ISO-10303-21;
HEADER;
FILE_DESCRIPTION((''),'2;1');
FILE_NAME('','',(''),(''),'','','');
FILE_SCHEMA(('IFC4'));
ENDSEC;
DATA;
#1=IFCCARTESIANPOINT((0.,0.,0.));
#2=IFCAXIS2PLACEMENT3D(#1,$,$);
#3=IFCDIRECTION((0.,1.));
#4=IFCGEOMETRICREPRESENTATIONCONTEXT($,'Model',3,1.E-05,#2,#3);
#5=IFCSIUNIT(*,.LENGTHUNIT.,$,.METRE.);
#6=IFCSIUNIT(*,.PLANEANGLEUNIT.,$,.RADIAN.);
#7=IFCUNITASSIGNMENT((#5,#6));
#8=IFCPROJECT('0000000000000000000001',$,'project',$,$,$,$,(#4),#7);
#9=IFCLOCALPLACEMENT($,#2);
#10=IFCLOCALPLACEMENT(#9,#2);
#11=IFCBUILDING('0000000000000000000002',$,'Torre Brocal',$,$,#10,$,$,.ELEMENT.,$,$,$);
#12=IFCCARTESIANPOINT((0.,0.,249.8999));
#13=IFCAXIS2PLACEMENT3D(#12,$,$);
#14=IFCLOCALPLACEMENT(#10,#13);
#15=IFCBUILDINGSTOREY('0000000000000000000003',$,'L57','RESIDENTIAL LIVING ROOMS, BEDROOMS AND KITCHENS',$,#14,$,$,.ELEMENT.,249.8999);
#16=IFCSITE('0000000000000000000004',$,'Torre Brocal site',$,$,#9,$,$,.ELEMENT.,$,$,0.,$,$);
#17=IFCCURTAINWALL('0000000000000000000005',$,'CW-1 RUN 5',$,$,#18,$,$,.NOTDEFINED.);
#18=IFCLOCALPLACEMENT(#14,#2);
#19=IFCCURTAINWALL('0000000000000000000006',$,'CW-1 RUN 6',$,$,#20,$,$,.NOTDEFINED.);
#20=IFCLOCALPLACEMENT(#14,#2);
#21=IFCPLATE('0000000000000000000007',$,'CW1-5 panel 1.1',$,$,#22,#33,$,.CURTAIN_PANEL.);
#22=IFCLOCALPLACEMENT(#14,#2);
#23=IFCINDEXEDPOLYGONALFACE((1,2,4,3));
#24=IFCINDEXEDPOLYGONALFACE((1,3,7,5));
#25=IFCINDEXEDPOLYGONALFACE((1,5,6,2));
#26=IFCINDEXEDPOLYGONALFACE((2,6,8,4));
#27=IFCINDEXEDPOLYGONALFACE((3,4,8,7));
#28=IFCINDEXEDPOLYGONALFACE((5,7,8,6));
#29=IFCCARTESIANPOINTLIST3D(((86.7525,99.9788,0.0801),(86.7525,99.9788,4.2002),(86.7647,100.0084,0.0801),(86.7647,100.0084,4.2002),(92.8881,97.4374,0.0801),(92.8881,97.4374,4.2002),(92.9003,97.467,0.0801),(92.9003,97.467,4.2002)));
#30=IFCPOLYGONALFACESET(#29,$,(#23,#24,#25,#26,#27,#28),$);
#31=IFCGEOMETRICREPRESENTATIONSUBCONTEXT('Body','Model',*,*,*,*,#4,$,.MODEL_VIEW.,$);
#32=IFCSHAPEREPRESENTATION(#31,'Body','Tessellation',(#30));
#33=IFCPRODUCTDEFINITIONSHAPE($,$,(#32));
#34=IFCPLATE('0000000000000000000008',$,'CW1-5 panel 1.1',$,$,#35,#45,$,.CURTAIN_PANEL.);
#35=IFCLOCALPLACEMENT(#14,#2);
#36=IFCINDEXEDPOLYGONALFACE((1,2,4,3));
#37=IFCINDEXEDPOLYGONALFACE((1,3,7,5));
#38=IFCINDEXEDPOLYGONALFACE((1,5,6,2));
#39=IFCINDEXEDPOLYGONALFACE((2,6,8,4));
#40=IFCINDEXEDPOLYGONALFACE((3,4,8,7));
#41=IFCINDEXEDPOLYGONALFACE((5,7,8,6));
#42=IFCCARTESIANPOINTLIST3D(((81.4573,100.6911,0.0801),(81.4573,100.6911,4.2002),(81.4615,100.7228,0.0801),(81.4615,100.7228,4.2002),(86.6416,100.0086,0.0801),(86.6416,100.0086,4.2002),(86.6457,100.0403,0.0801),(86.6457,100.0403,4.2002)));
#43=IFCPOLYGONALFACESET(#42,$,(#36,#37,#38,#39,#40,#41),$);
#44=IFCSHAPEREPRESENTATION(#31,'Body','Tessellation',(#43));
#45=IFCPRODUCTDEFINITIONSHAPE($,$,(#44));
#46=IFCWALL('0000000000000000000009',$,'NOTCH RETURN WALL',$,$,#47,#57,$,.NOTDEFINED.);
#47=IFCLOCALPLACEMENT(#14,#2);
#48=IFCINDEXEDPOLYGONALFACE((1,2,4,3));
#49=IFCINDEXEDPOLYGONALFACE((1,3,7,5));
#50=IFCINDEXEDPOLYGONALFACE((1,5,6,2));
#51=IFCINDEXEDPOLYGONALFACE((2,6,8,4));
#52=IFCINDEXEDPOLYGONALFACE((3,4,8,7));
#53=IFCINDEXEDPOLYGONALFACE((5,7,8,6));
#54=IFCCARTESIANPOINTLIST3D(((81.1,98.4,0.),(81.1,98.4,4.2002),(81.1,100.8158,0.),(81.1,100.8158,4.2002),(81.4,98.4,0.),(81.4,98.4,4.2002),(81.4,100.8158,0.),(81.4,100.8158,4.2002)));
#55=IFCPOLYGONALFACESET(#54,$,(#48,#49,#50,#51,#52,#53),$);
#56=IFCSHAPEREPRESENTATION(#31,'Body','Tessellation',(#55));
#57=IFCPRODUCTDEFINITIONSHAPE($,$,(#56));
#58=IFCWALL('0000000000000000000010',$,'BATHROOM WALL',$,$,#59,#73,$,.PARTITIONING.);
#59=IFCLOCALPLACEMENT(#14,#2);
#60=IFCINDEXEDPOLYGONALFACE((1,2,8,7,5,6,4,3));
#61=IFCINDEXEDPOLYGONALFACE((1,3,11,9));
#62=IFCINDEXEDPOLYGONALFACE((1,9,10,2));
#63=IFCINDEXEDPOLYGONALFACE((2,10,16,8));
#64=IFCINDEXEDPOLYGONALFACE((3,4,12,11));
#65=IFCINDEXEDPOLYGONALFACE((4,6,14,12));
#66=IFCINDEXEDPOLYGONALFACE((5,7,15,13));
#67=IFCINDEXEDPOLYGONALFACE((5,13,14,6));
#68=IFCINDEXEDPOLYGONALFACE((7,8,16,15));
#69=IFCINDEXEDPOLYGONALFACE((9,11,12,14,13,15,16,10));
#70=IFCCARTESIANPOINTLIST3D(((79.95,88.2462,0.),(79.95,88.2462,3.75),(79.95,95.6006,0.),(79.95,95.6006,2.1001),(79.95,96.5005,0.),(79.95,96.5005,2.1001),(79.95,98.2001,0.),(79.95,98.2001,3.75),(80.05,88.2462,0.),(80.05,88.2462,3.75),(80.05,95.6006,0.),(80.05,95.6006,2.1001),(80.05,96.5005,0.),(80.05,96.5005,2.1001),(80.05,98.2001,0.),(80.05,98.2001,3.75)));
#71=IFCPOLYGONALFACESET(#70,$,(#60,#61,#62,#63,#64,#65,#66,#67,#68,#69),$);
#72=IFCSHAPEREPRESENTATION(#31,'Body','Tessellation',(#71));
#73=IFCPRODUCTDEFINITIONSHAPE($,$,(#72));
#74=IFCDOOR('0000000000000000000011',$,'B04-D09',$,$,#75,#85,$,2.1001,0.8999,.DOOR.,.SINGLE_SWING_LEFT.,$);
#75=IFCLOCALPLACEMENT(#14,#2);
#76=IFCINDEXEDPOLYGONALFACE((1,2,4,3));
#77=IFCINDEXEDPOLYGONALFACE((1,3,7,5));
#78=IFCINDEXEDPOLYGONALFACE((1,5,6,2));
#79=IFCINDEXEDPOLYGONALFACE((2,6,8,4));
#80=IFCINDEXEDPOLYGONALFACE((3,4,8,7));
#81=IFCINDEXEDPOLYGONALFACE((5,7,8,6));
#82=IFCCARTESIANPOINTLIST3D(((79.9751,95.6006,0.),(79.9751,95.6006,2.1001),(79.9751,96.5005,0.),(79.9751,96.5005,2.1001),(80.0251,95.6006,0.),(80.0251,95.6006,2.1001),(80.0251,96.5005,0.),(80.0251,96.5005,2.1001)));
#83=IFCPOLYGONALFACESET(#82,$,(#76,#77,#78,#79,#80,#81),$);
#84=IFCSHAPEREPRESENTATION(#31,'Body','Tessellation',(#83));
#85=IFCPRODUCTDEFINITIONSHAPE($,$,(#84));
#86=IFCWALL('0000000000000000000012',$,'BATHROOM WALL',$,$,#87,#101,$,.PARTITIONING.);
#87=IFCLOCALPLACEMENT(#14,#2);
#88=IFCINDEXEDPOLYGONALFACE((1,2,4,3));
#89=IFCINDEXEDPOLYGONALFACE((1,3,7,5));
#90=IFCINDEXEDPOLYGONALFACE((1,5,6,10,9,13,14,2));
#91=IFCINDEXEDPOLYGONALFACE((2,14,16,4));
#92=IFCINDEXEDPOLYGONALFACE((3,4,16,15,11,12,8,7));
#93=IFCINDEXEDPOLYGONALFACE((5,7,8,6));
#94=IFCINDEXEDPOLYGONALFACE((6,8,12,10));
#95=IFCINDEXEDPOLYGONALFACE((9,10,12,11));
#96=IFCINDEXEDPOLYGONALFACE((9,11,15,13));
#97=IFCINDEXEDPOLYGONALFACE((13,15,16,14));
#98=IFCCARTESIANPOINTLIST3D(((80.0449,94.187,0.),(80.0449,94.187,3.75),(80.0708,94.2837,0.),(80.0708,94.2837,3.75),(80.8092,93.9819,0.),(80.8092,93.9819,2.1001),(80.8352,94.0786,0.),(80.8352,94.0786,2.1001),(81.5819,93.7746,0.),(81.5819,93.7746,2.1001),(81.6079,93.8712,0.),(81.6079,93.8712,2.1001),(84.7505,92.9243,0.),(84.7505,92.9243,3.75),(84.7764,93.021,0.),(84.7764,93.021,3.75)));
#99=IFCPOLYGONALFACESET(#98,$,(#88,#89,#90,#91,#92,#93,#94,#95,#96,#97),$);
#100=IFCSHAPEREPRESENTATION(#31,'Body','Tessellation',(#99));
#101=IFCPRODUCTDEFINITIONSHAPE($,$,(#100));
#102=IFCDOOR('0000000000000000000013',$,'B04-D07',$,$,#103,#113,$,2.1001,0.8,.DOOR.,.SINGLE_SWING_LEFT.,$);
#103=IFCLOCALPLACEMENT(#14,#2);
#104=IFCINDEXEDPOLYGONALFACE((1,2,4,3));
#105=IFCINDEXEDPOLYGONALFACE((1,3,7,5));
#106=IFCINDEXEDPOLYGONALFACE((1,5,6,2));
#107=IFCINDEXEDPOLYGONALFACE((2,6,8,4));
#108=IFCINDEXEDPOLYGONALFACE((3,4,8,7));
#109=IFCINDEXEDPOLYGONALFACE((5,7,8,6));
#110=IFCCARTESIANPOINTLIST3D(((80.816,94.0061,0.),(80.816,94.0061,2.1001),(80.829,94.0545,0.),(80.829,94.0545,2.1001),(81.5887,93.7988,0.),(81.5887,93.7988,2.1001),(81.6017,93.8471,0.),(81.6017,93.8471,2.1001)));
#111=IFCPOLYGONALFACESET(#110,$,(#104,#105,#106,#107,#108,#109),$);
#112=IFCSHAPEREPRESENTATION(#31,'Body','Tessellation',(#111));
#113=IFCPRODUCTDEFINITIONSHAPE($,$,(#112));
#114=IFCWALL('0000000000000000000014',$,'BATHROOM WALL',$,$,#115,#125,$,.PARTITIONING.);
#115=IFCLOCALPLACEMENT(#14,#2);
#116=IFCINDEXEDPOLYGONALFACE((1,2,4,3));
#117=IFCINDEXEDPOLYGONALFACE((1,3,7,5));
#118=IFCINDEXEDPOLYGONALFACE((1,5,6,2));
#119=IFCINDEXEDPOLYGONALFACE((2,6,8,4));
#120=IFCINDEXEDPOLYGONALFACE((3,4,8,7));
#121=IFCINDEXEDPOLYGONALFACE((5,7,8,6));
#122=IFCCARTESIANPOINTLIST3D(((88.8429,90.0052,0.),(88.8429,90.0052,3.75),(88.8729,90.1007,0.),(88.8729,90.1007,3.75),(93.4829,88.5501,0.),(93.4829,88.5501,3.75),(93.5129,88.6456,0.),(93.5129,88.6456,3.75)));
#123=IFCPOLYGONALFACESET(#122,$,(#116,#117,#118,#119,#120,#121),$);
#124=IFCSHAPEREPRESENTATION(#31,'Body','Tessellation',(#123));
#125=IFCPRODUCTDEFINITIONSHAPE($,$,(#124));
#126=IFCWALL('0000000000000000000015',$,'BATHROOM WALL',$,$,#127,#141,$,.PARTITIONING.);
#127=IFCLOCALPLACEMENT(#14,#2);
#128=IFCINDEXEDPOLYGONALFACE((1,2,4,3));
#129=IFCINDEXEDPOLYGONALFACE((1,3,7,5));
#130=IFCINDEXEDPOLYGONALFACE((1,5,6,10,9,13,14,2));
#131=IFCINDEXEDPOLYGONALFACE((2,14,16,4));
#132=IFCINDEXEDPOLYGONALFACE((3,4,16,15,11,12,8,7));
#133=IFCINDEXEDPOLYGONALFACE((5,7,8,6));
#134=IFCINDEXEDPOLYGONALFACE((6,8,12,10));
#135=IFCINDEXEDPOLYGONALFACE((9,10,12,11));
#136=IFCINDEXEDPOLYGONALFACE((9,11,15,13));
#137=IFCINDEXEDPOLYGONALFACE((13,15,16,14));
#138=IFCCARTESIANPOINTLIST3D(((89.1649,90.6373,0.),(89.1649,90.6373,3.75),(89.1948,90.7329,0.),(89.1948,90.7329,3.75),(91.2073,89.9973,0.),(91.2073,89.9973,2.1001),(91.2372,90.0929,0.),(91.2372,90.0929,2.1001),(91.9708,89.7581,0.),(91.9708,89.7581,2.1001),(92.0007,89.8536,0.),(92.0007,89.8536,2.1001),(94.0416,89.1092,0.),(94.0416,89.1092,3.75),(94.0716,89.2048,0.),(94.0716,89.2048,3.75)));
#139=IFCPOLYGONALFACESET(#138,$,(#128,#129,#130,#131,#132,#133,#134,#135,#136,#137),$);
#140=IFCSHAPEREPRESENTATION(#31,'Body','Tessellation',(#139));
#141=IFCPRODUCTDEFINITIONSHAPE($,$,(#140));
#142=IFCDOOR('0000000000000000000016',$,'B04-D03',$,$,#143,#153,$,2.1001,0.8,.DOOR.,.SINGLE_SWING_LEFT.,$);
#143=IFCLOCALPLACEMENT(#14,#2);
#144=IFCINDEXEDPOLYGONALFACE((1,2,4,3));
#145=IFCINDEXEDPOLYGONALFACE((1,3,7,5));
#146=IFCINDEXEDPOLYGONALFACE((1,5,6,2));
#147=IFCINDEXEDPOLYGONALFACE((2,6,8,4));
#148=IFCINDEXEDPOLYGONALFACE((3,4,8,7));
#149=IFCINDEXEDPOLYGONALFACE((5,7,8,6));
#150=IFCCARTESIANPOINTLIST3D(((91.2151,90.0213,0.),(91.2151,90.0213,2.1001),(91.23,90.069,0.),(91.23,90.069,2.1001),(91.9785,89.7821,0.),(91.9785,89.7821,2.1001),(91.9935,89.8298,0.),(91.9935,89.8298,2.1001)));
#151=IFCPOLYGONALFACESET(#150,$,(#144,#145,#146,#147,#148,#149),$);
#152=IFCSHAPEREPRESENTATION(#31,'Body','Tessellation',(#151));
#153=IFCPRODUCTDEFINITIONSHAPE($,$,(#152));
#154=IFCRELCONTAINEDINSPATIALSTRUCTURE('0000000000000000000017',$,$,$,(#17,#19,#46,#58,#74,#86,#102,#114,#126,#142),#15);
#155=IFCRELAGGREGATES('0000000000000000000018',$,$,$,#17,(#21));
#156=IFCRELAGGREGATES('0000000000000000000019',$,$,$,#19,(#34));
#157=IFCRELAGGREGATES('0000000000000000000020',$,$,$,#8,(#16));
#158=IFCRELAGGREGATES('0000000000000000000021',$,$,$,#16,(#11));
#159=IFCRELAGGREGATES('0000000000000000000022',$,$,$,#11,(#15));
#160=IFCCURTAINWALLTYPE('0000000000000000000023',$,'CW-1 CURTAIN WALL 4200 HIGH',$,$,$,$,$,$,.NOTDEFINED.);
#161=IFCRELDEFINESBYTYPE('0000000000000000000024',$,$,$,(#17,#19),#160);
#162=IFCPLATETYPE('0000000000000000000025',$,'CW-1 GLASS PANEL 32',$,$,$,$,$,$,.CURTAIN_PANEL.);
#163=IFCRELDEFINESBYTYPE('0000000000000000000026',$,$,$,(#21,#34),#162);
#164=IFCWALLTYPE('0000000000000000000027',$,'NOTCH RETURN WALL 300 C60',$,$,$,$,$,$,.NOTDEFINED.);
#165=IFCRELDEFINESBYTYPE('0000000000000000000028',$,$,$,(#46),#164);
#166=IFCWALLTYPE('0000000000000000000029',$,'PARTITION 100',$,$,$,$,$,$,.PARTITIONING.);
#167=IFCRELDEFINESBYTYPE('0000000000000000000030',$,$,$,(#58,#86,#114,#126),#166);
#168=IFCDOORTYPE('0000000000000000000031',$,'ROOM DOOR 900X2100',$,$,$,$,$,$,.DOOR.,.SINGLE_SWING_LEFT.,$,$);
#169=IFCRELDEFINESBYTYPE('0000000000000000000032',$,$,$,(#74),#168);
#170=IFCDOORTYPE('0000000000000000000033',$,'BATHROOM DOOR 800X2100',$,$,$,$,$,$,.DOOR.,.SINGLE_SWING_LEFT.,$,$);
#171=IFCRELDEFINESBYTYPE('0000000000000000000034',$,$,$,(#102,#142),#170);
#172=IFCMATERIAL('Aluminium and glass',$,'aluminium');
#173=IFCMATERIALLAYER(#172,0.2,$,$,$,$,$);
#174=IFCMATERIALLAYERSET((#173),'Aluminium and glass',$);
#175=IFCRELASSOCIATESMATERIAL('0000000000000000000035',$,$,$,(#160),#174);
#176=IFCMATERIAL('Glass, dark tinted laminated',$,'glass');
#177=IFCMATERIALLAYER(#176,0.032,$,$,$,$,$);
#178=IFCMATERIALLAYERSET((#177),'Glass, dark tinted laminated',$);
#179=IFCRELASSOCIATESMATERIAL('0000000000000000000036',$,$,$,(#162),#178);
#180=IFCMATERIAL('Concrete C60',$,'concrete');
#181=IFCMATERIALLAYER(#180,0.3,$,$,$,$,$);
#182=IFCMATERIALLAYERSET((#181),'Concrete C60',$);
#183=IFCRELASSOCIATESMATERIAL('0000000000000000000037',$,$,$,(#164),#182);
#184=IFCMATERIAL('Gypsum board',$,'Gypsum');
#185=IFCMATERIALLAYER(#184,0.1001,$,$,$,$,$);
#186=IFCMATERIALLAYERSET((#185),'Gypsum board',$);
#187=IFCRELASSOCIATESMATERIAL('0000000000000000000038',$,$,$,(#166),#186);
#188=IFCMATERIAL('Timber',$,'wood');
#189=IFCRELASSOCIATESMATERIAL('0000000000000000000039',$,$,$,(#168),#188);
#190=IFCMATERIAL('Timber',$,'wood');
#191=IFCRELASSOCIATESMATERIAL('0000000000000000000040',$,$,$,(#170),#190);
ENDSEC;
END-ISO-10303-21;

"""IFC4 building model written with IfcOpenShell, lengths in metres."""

from ifc_helpers import new_model, si_unit, direction, frame, frame_2d, origin, origin_2d, place, context, subcontext, project, spatial, rectangle, extrude, material, layer, layer_set, type_object, element, fill, aggregate, save


model = new_model("IFC4")

# Units and contexts
model_context = context("Model", 3, precision=1e-05, world=origin(), true_north=direction((0.0, 1.0)))
body_context = subcontext(model_context, "Body", "Model", "MODEL_VIEW")
ifc_project = project(units=[si_unit("LENGTHUNIT", "METRE"), si_unit("PLANEANGLEUNIT", "RADIAN")], contexts=[model_context])

# Site, building, storey
site_placement = place(None, origin())
site = spatial("IfcSite", under=ifc_project, at=site_placement, Name="Torre Brocal site", CompositionType="ELEMENT", RefElevation=0.0)
building_placement = place(site_placement, origin())
building = spatial("IfcBuilding", under=site, at=building_placement, Name="Torre Brocal", CompositionType="ELEMENT")
storey_placement = place(building_placement, frame((0.0, 0.0, 249.8999)))
storey = spatial("IfcBuildingStorey", under=building, at=storey_placement, Name="L57", Description="RESIDENTIAL LIVING ROOMS, BEDROOMS AND KITCHENS", CompositionType="ELEMENT", Elevation=249.8999)

# Curtain wall
ifc_material_1 = material(Name="Aluminium and glass", Category="aluminium")
ifc_layer_1 = layer(ifc_material_1, 0.2)
ifc_layer_set_1 = layer_set([ifc_layer_1], Name="Aluminium and glass")
curtain_wall_type = type_object("IfcCurtainWallType", Name="CW-1 CURTAIN WALL 4200 HIGH", PredefinedType="NOTDEFINED", material=ifc_layer_set_1)
curtain_wall_1_placement = place(storey_placement, origin())
curtain_wall_1 = element("IfcCurtainWall", 1, at=curtain_wall_1_placement, inside=storey, type_object=curtain_wall_type, Name="CW-1 RUN 5", PredefinedType="NOTDEFINED")

# Curtain wall
curtain_wall_2_placement = place(storey_placement, origin())
curtain_wall_2 = element("IfcCurtainWall", 2, at=curtain_wall_2_placement, inside=storey, type_object=curtain_wall_type, Name="CW-1 RUN 6", PredefinedType="NOTDEFINED")

# Plates
ifc_material_2 = material(Name="Glass, dark tinted laminated", Category="glass")
ifc_layer_2 = layer(ifc_material_2, 0.032)
ifc_layer_set_2 = layer_set([ifc_layer_2], Name="Glass, dark tinted laminated")
plate_type = type_object("IfcPlateType", Name="CW-1 GLASS PANEL 32", PredefinedType="CURTAIN_PANEL", material=ifc_layer_set_2)
plate_1_placement = place(storey_placement, frame((89.8264, 98.7229, 0.0801), z_axis=(0.0, 0.0, 1.0), x_axis=(-0.92388, 0.382683, 0.0)))
plate_1 = element("IfcPlate", 3, at=plate_1_placement, type_object=plate_type, Name="CW1-5 panel 1.1", PredefinedType="CURTAIN_PANEL", context=body_context, shape_type="SweptSolid", body=[
    extrude(rectangle(XDim=6.6411, YDim=0.032, at=origin_2d()), origin(), (0.0, 0.0, 1.0), 4.1201),
])
aggregate(curtain_wall_1, [plate_1])
plate_2_placement = place(storey_placement, frame((84.0515, 100.3657, 0.0801), z_axis=(0.0, 0.0, 1.0), x_axis=(-0.991445, 0.130526, 0.0)))
plate_2 = element("IfcPlate", 4, at=plate_2_placement, type_object=plate_type, Name="CW1-5 panel 1.1", PredefinedType="CURTAIN_PANEL", context=body_context, shape_type="SweptSolid", body=[
    extrude(rectangle(XDim=5.229, YDim=0.032, at=origin_2d()), origin(), (0.0, 0.0, 1.0), 4.1201),
])
aggregate(curtain_wall_2, [plate_2])

# Wall
ifc_material_3 = material(Name="Concrete C60", Category="concrete")
ifc_layer_3 = layer(ifc_material_3, 0.3)
ifc_layer_set_3 = layer_set([ifc_layer_3], Name="Concrete C60")
wall_type_1 = type_object("IfcWallType", Name="NOTCH RETURN WALL 300 C60", PredefinedType="NOTDEFINED", material=ifc_layer_set_3)
wall_1_placement = place(storey_placement, frame((81.25, 98.3999, 0.0), z_axis=(0.0, 0.0, 1.0), x_axis=(0.0, 1.0, 0.0)))
element("IfcWall", 5, at=wall_1_placement, inside=storey, type_object=wall_type_1, Name="NOTCH RETURN WALL", PredefinedType="NOTDEFINED", context=body_context, shape_type="SweptSolid", body=[
    extrude(rectangle(XDim=2.4158, YDim=0.3, at=frame_2d((1.208, 0.0))), origin(), (0.0, 0.0, 1.0), 4.2002),
])

# Walls, openings, doors
ifc_material_4 = material(Name="Gypsum board", Category="Gypsum")
ifc_layer_4 = layer(ifc_material_4, 0.1001)
ifc_layer_set_4 = layer_set([ifc_layer_4], Name="Gypsum board")
wall_type_2 = type_object("IfcWallType", Name="PARTITION 100", PredefinedType="PARTITIONING", material=ifc_layer_set_4)
wall_2_placement = place(storey_placement, frame((80.0, 88.2461, 0.0), z_axis=(0.0, 0.0, 1.0), x_axis=(0.0, 1.0, 0.0)))
wall_2 = element("IfcWall", 6, at=wall_2_placement, inside=storey, type_object=wall_type_2, Name="BATHROOM WALL", PredefinedType="PARTITIONING", context=body_context, shape_type="SweptSolid", body=[
    extrude(rectangle(XDim=9.9539, YDim=0.1001, at=frame_2d((4.9771, 0.0))), origin(), (0.0, 0.0, 1.0), 3.75),
])
opening_1_placement = place(wall_2_placement, frame((7.3545, 0.0, 0.0)))
opening_1 = element("IfcOpeningElement", 7, at=opening_1_placement, cuts=wall_2, PredefinedType="OPENING", context=body_context, shape_type="SweptSolid", body=[
    extrude(rectangle(XDim=0.8999, YDim=2.1001, at=frame_2d((0.45, 1.05))), frame((0.0, 0.0601, 0.0), z_axis=(0.0, -1.0, 0.0), x_axis=(1.0, 0.0, 0.0)), (0.0, 0.0, 1.0), 0.1201),
])
ifc_material_5 = material(Name="Timber", Category="wood")
door_type_1 = type_object("IfcDoorType", Name="ROOM DOOR 900X2100", OperationType="SINGLE_SWING_LEFT", PredefinedType="DOOR", material=ifc_material_5)
door_1_placement = place(opening_1_placement, origin())
door_1 = element("IfcDoor", 8, at=door_1_placement, inside=storey, type_object=door_type_1, Name="B04-D09", OperationType="SINGLE_SWING_LEFT", OverallHeight=2.1001, OverallWidth=0.8999, PredefinedType="DOOR", context=body_context, shape_type="SweptSolid", body=[
    extrude(rectangle(XDim=0.8999, YDim=2.1001, at=frame_2d((0.45, 1.05))), frame((0.0, 0.0249, 0.0), z_axis=(0.0, -1.0, 0.0), x_axis=(1.0, 0.0, 0.0)), (0.0, 0.0, 1.0), 0.05),
])
fill(opening_1, door_1)
wall_3_placement = place(storey_placement, frame((80.0579, 94.2354, 0.0), z_axis=(0.0, 0.0, 1.0), x_axis=(0.965831, -0.259172, 0.0)))
wall_3 = element("IfcWall", 9, at=wall_3_placement, inside=storey, type_object=wall_type_2, Name="BATHROOM WALL", PredefinedType="PARTITIONING", context=body_context, shape_type="SweptSolid", body=[
    extrude(rectangle(XDim=4.8721, YDim=0.1001, at=frame_2d((2.436, 0.0))), origin(), (0.0, 0.0, 1.0), 3.75),
])
opening_2_placement = place(wall_3_placement, frame((0.7915, 0.0, 0.0)))
opening_2 = element("IfcOpeningElement", 10, at=opening_2_placement, cuts=wall_3, PredefinedType="OPENING", context=body_context, shape_type="SweptSolid", body=[
    extrude(rectangle(XDim=0.8, YDim=2.1001, at=frame_2d((0.3999, 1.05))), frame((0.0, 0.0601, 0.0), z_axis=(0.0, -1.0, 0.0), x_axis=(1.0, 0.0, 0.0)), (0.0, 0.0, 1.0), 0.1201),
])
ifc_material_6 = material(Name="Timber", Category="wood")
door_type_2 = type_object("IfcDoorType", Name="BATHROOM DOOR 800X2100", OperationType="SINGLE_SWING_LEFT", PredefinedType="DOOR", material=ifc_material_6)
door_2_placement = place(opening_2_placement, frame((0.8, 0.0, 0.0), z_axis=(0.0, 0.0, 1.0), x_axis=(-1.0, 0.0, 0.0)))
door_2 = element("IfcDoor", 11, at=door_2_placement, inside=storey, type_object=door_type_2, Name="B04-D07", OperationType="SINGLE_SWING_LEFT", OverallHeight=2.1001, OverallWidth=0.8, PredefinedType="DOOR", context=body_context, shape_type="SweptSolid", body=[
    extrude(rectangle(XDim=0.8, YDim=2.1001, at=frame_2d((0.3999, 1.05))), frame((0.0, 0.0249, 0.0), z_axis=(0.0, -1.0, 0.0), x_axis=(1.0, 0.0, 0.0)), (0.0, 0.0, 1.0), 0.05),
])
fill(opening_2, door_2)

# Wall
wall_4_placement = place(storey_placement, frame((88.8579, 90.053, 0.0), z_axis=(0.0, 0.0, 1.0), x_axis=(0.95418, -0.299233, 0.0)))
element("IfcWall", 12, at=wall_4_placement, inside=storey, type_object=wall_type_2, Name="BATHROOM WALL", PredefinedType="PARTITIONING", context=body_context, shape_type="SweptSolid", body=[
    extrude(rectangle(XDim=4.8628, YDim=0.1001, at=frame_2d((2.4314, 0.0))), origin(), (0.0, 0.0, 1.0), 3.75),
])

# Wall, opening, door
wall_5_placement = place(storey_placement, frame((89.1799, 90.6851, 0.0), z_axis=(0.0, 0.0, 1.0), x_axis=(0.954251, -0.299007, 0.0)))
wall_5 = element("IfcWall", 13, at=wall_5_placement, inside=storey, type_object=wall_type_2, Name="BATHROOM WALL", PredefinedType="PARTITIONING", context=body_context, shape_type="SweptSolid", body=[
    extrude(rectangle(XDim=5.1106, YDim=0.1001, at=frame_2d((2.5552, 0.0))), origin(), (0.0, 0.0, 1.0), 3.75),
])
opening_3_placement = place(wall_5_placement, frame((2.1404, 0.0, 0.0)))
opening_3 = element("IfcOpeningElement", 14, at=opening_3_placement, cuts=wall_5, PredefinedType="OPENING", context=body_context, shape_type="SweptSolid", body=[
    extrude(rectangle(XDim=0.8, YDim=2.1001, at=frame_2d((0.3999, 1.05))), frame((0.0, 0.0601, 0.0), z_axis=(0.0, -1.0, 0.0), x_axis=(1.0, 0.0, 0.0)), (0.0, 0.0, 1.0), 0.1201),
])
door_3_placement = place(opening_3_placement, frame((0.8, 0.0, 0.0), z_axis=(0.0, 0.0, 1.0), x_axis=(-1.0, 0.0, 0.0)))
door_3 = element("IfcDoor", 15, at=door_3_placement, inside=storey, type_object=door_type_2, Name="B04-D03", OperationType="SINGLE_SWING_LEFT", OverallHeight=2.1001, OverallWidth=0.8, PredefinedType="DOOR", context=body_context, shape_type="SweptSolid", body=[
    extrude(rectangle(XDim=0.8, YDim=2.1001, at=frame_2d((0.3999, 1.05))), frame((0.0, 0.0249, 0.0), z_axis=(0.0, -1.0, 0.0), x_axis=(1.0, 0.0, 0.0)), (0.0, 0.0, 1.0), 0.05),
])
fill(opening_3, door_3)

save(model, "model.ifc")
